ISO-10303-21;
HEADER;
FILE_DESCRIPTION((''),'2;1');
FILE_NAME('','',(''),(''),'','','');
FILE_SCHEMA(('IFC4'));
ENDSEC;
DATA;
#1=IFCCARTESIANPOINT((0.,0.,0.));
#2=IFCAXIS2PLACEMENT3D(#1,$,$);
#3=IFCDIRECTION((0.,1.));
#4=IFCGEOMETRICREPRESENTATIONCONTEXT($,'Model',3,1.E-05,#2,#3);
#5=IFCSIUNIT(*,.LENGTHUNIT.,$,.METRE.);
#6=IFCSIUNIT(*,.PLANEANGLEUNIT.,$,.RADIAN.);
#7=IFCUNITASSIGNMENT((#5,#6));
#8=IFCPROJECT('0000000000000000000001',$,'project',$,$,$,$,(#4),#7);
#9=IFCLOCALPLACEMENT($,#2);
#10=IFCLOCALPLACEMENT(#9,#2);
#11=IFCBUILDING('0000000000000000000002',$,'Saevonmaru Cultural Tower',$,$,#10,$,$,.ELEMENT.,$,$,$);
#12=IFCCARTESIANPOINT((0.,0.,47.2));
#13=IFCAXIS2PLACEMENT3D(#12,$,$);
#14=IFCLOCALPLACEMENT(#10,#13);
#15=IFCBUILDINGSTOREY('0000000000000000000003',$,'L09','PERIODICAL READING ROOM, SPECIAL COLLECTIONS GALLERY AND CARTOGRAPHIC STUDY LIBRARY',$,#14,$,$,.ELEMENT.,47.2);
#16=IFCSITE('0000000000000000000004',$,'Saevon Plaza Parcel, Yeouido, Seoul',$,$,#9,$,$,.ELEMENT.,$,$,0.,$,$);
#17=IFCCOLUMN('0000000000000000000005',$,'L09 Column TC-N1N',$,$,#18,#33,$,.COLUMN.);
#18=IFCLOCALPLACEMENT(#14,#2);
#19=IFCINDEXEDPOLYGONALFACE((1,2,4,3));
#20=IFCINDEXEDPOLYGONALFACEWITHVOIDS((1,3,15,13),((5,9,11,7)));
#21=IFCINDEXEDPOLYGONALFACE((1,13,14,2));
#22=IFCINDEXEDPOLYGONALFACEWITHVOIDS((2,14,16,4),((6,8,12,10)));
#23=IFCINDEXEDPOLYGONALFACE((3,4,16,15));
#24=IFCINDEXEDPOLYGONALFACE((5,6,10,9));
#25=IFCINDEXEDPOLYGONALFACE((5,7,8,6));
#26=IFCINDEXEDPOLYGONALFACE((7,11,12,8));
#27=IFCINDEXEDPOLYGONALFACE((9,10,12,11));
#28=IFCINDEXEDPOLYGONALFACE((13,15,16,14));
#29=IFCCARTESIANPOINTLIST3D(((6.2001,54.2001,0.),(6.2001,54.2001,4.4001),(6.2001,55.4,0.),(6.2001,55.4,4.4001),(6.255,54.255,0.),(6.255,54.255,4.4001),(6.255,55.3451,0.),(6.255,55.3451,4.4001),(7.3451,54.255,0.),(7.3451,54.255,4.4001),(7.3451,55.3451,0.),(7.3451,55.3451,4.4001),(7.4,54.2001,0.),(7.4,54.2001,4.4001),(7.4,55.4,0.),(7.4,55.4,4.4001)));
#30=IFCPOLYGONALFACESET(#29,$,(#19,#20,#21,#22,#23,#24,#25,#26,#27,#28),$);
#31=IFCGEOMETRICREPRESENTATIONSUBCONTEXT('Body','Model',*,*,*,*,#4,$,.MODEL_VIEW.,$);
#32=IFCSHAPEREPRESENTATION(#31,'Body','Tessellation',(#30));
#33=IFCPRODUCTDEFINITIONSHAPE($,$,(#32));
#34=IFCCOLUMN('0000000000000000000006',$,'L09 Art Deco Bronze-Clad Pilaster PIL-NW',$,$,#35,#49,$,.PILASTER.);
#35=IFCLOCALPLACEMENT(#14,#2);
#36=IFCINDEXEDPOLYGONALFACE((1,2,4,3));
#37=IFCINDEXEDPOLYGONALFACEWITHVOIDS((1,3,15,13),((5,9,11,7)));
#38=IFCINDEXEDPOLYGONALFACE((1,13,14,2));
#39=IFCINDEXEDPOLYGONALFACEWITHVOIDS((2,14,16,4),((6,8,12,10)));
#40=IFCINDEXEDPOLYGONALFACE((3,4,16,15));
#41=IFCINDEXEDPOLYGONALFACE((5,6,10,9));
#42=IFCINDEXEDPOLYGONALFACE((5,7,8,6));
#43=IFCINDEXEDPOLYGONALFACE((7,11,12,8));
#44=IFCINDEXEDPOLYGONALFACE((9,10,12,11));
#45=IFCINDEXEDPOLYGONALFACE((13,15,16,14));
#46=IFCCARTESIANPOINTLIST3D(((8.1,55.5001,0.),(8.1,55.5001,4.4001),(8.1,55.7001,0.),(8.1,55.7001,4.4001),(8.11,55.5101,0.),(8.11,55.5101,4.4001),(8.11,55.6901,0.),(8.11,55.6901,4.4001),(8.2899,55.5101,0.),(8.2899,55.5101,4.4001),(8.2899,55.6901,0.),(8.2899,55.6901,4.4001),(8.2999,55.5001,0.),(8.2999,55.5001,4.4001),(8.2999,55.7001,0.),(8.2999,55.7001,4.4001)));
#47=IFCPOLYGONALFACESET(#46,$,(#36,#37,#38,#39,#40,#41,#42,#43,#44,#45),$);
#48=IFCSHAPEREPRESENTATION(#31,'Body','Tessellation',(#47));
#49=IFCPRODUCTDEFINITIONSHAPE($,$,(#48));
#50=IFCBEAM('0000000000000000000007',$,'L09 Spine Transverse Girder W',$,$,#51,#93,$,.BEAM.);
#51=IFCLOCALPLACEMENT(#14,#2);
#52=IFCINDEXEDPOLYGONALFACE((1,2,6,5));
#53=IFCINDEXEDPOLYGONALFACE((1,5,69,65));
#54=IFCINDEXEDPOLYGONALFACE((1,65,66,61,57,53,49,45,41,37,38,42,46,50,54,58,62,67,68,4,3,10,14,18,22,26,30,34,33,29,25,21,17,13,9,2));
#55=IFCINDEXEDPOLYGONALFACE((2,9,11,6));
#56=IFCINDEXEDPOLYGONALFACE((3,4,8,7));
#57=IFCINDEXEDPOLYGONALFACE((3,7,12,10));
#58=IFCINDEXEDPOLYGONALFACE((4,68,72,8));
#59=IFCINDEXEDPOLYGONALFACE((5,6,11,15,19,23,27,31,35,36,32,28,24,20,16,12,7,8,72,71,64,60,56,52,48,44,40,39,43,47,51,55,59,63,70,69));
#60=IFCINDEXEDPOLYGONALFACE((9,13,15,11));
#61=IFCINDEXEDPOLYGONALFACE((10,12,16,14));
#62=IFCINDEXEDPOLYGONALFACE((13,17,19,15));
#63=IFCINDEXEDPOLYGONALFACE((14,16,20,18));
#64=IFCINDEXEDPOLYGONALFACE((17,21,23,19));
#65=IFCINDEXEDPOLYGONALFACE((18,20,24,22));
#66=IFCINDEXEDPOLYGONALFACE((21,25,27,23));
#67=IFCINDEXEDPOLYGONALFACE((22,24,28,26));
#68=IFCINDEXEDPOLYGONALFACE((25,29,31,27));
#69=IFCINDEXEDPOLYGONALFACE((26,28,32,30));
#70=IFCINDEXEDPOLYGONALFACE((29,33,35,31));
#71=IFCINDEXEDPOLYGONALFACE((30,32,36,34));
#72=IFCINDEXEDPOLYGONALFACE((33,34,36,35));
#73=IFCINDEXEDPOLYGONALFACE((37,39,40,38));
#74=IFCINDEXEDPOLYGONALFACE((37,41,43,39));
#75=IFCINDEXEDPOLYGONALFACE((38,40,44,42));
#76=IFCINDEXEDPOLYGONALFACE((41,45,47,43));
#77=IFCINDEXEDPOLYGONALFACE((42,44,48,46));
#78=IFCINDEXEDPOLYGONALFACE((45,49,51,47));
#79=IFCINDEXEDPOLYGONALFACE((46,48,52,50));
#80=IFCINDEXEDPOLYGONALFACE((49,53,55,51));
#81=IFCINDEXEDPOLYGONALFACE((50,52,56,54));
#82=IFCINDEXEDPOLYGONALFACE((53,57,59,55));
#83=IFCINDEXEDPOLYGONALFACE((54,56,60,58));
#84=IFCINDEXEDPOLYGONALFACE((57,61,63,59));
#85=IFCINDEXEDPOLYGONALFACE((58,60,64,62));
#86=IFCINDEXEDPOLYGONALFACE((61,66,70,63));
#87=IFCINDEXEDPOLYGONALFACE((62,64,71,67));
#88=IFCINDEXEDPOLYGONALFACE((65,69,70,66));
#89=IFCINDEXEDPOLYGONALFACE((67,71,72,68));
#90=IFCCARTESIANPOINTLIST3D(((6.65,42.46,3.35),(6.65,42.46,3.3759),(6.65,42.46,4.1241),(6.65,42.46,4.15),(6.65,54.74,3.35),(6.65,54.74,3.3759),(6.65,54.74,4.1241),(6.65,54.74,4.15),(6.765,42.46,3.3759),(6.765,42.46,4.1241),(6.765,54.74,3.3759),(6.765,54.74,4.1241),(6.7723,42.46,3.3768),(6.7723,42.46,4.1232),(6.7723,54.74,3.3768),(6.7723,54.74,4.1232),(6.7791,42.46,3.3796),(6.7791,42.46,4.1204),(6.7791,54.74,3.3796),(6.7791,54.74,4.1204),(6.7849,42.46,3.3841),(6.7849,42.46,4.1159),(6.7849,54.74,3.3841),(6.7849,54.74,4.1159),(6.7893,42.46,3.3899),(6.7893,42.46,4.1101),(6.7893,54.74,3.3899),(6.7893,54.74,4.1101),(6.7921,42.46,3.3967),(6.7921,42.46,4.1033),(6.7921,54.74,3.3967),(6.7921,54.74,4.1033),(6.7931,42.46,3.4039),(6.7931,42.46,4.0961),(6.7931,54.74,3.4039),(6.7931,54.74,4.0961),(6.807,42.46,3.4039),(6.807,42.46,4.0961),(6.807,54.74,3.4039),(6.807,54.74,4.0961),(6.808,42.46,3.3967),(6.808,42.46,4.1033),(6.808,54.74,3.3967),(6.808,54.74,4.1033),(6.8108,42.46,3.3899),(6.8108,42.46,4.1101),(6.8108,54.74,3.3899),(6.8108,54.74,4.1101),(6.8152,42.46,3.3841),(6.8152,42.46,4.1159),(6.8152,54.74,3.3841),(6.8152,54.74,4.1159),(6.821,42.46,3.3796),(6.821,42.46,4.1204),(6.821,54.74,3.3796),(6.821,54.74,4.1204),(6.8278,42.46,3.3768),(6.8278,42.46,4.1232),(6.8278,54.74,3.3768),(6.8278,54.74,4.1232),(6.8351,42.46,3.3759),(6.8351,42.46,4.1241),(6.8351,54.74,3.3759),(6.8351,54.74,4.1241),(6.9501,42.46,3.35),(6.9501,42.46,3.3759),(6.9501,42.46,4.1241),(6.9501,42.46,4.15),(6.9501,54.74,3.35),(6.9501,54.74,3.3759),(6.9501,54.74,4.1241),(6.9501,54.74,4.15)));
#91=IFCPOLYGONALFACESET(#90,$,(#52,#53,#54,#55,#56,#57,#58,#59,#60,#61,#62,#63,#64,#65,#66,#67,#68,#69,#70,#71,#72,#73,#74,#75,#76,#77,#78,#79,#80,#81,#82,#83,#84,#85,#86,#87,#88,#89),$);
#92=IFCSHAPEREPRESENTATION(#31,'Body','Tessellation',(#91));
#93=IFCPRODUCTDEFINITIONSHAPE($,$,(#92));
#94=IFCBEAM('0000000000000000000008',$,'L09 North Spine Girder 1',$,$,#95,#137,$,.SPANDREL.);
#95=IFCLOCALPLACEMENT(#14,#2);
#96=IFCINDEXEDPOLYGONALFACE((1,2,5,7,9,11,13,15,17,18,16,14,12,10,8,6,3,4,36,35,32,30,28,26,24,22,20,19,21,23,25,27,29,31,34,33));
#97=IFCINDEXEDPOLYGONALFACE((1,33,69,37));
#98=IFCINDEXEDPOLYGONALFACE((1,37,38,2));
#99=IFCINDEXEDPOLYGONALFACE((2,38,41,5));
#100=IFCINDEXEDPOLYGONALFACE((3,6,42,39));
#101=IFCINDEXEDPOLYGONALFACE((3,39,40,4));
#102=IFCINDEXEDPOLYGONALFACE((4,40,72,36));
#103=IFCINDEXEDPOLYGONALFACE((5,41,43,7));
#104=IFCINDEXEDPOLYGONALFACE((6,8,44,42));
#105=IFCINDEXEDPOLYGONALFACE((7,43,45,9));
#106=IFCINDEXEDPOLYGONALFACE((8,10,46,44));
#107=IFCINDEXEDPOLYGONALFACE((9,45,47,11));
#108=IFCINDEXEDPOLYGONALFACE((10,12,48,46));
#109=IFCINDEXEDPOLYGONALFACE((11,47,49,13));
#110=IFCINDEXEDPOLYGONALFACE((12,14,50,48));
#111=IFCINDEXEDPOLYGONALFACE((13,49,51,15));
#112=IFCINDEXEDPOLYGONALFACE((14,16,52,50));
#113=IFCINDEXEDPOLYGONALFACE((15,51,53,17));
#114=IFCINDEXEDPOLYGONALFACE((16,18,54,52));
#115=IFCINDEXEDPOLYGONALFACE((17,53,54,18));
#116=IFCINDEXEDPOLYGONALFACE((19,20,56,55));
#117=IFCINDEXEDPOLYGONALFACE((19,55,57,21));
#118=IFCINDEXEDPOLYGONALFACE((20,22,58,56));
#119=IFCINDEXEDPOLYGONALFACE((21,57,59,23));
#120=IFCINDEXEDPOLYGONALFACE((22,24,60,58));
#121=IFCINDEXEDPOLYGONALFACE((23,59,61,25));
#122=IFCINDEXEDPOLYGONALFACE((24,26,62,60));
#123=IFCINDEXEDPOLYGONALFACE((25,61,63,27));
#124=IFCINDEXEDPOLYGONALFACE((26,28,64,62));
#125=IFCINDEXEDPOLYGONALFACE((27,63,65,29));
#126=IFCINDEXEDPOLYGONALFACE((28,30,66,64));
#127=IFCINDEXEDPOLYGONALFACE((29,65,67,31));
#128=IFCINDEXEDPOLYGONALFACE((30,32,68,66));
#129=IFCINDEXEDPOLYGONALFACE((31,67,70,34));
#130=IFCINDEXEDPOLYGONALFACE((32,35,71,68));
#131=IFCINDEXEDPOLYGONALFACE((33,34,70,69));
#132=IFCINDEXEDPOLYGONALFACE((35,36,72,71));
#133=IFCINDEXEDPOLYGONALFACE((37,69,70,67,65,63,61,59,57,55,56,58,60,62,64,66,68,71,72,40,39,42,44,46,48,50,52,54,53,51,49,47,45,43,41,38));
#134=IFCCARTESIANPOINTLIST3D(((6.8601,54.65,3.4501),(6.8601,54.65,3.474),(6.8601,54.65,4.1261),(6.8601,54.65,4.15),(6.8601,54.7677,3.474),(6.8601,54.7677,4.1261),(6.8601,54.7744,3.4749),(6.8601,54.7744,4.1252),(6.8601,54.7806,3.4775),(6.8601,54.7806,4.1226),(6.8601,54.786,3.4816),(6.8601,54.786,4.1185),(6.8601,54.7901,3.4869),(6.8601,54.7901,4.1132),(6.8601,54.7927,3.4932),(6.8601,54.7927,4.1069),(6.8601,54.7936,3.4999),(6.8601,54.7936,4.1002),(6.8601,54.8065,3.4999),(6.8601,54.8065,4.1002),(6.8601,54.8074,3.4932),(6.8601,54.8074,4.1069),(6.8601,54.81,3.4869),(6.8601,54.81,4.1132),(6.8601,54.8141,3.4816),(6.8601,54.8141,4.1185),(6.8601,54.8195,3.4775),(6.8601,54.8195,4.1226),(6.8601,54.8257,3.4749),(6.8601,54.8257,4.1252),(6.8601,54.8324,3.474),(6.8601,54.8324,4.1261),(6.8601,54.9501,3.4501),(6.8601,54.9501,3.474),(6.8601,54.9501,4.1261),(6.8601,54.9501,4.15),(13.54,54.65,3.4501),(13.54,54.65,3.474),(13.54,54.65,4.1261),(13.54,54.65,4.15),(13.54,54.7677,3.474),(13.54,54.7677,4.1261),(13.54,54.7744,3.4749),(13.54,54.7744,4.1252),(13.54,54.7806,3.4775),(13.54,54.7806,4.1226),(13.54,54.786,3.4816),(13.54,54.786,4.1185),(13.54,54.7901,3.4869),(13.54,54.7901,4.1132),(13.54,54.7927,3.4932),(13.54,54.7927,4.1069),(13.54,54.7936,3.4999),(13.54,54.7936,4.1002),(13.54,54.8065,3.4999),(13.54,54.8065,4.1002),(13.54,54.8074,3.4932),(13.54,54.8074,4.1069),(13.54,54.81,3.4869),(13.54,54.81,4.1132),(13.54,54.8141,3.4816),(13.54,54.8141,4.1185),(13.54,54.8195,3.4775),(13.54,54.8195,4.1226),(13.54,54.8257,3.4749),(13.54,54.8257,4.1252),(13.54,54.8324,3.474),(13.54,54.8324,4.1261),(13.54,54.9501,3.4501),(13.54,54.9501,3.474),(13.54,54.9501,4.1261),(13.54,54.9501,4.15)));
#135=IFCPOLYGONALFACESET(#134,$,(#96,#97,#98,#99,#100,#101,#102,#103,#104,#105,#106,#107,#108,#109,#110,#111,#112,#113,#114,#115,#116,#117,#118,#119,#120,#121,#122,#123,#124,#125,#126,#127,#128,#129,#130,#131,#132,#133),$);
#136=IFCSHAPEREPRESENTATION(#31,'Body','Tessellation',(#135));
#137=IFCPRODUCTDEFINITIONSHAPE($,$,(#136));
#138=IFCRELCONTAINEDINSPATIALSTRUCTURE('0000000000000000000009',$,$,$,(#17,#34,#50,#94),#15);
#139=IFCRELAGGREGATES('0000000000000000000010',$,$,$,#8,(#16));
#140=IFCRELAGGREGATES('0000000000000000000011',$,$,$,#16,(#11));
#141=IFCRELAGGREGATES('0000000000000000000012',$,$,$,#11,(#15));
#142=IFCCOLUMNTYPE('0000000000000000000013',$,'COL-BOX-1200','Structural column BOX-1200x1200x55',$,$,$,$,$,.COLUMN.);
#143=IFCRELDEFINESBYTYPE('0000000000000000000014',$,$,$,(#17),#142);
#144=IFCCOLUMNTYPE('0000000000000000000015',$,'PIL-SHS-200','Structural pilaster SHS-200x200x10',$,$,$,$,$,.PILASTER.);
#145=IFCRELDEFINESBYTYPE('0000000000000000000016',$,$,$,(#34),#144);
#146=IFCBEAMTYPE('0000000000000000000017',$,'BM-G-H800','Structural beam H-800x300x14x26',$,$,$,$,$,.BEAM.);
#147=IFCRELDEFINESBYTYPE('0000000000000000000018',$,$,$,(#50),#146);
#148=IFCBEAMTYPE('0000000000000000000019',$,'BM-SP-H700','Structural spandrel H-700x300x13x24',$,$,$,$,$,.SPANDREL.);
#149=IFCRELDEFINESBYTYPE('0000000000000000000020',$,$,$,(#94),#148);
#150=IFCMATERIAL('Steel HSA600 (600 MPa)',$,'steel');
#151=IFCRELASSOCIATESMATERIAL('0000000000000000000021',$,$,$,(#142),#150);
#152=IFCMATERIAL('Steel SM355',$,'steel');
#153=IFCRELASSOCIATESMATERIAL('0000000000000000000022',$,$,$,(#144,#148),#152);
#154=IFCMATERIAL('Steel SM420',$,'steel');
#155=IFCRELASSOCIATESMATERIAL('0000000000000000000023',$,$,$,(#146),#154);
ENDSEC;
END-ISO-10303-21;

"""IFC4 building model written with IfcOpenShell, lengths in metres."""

from ifc_helpers import new_model, si_unit, direction, frame, origin, origin_2d, place, context, subcontext, project, spatial, hollow_rectangle, i_section, extrude, material, material_profile, profile_set, type_object, element, save


model = new_model("IFC4")

# Units and contexts
model_context = context("Model", 3, precision=1e-05, world=origin(), true_north=direction((0.0, 1.0)))
body_context = subcontext(model_context, "Body", "Model", "MODEL_VIEW")
ifc_project = project(units=[si_unit("LENGTHUNIT", "METRE"), si_unit("PLANEANGLEUNIT", "RADIAN")], contexts=[model_context])

# Site, building, storey
site_placement = place(None, origin())
site = spatial("IfcSite", under=ifc_project, at=site_placement, Name="Saevon Plaza Parcel, Yeouido, Seoul", CompositionType="ELEMENT", RefElevation=0.0)
building_placement = place(site_placement, origin())
building = spatial("IfcBuilding", under=site, at=building_placement, Name="Saevonmaru Cultural Tower", CompositionType="ELEMENT")
storey_placement = place(building_placement, frame((0.0, 0.0, 47.2)))
storey = spatial("IfcBuildingStorey", under=building, at=storey_placement, Name="L09", Description="PERIODICAL READING ROOM, SPECIAL COLLECTIONS GALLERY AND CARTOGRAPHIC STUDY LIBRARY", CompositionType="ELEMENT", Elevation=47.2)

# Columns
ifc_material_1 = material(Name="Steel HSA600 (600 MPa)", Category="steel")
ifc_material_profile_1 = material_profile(ifc_material_1, hollow_rectangle(XDim=1.2, YDim=1.2, WallThickness=0.0549, at=origin_2d()), Name="BOX-1200x1200x55")
ifc_profile_set_1 = profile_set([ifc_material_profile_1], Name="Steel HSA600 (600 MPa)")
column_type_1 = type_object("IfcColumnType", Name="COL-BOX-1200", Description="Structural column BOX-1200x1200x55", PredefinedType="COLUMN", material=ifc_profile_set_1)
column_1_placement = place(storey_placement, frame((6.8, 54.8, 0.0), z_axis=(0.0, 0.0, 1.0), x_axis=(1.0, 0.0, 0.0)))
element("IfcColumn", 1, at=column_1_placement, inside=storey, type_object=column_type_1, Name="L09 Column TC-N1N", PredefinedType="COLUMN", context=body_context, shape_type="SweptSolid", body=[
    extrude(hollow_rectangle(XDim=1.2, YDim=1.2, WallThickness=0.0549, at=origin_2d()), origin(), (0.0, 0.0, 1.0), 4.4001),
])
ifc_material_2 = material(Name="Steel SM355", Category="steel")
ifc_material_profile_2 = material_profile(ifc_material_2, hollow_rectangle(XDim=0.2, YDim=0.2, WallThickness=0.01, at=origin_2d()), Name="SHS-200x200x10")
ifc_profile_set_2 = profile_set([ifc_material_profile_2], Name="Steel SM355")
column_type_2 = type_object("IfcColumnType", Name="PIL-SHS-200", Description="Structural pilaster SHS-200x200x10", PredefinedType="PILASTER", material=ifc_profile_set_2)
column_2_placement = place(storey_placement, frame((8.2, 55.6001, 0.0), z_axis=(0.0, 0.0, 1.0), x_axis=(1.0, 0.0, 0.0)))
element("IfcColumn", 2, at=column_2_placement, inside=storey, type_object=column_type_2, Name="L09 Art Deco Bronze-Clad Pilaster PIL-NW", PredefinedType="PILASTER", context=body_context, shape_type="SweptSolid", body=[
    extrude(hollow_rectangle(XDim=0.2, YDim=0.2, WallThickness=0.01, at=origin_2d()), origin(), (0.0, 0.0, 1.0), 4.4001),
])

# Beams
ifc_material_3 = material(Name="Steel SM420", Category="steel")
ifc_material_profile_3 = material_profile(ifc_material_3, i_section(OverallWidth=0.3, OverallDepth=0.8, WebThickness=0.0139, FlangeThickness=0.0259, FilletRadius=0.0281, at=origin_2d()), Name="H-800x300x14x26")
ifc_profile_set_3 = profile_set([ifc_material_profile_3], Name="Steel SM420")
beam_type_1 = type_object("IfcBeamType", Name="BM-G-H800", Description="Structural beam H-800x300x14x26", PredefinedType="BEAM", material=ifc_profile_set_3)
beam_1_placement = place(storey_placement, frame((6.8, 54.74, 3.75), z_axis=(0.0, -1.0, 0.0), x_axis=(1.0, 0.0, 0.0)))
element("IfcBeam", 3, at=beam_1_placement, inside=storey, type_object=beam_type_1, Name="L09 Spine Transverse Girder W", PredefinedType="BEAM", context=body_context, shape_type="SweptSolid", body=[
    extrude(i_section(OverallWidth=0.3, OverallDepth=0.8, WebThickness=0.0139, FlangeThickness=0.0259, FilletRadius=0.0281, at=origin_2d()), origin(), (0.0, 0.0, 1.0), 12.28),
])
ifc_material_profile_4 = material_profile(ifc_material_2, i_section(OverallWidth=0.3, OverallDepth=0.7, WebThickness=0.0129, FlangeThickness=0.0239, FilletRadius=0.0259, at=origin_2d()), Name="H-700x300x13x24")
ifc_profile_set_4 = profile_set([ifc_material_profile_4], Name="Steel SM355")
beam_type_2 = type_object("IfcBeamType", Name="BM-SP-H700", Description="Structural spandrel H-700x300x13x24", PredefinedType="SPANDREL", material=ifc_profile_set_4)
beam_2_placement = place(storey_placement, frame((6.8601, 54.8, 3.8), z_axis=(1.0, 0.0, 0.0), x_axis=(0.0, 1.0, 0.0)))
element("IfcBeam", 4, at=beam_2_placement, inside=storey, type_object=beam_type_2, Name="L09 North Spine Girder 1", PredefinedType="SPANDREL", context=body_context, shape_type="SweptSolid", body=[
    extrude(i_section(OverallWidth=0.3, OverallDepth=0.7, WebThickness=0.0129, FlangeThickness=0.0239, FilletRadius=0.0259, at=origin_2d()), origin(), (0.0, 0.0, 1.0), 6.6799),
])

save(model, "model.ifc")
